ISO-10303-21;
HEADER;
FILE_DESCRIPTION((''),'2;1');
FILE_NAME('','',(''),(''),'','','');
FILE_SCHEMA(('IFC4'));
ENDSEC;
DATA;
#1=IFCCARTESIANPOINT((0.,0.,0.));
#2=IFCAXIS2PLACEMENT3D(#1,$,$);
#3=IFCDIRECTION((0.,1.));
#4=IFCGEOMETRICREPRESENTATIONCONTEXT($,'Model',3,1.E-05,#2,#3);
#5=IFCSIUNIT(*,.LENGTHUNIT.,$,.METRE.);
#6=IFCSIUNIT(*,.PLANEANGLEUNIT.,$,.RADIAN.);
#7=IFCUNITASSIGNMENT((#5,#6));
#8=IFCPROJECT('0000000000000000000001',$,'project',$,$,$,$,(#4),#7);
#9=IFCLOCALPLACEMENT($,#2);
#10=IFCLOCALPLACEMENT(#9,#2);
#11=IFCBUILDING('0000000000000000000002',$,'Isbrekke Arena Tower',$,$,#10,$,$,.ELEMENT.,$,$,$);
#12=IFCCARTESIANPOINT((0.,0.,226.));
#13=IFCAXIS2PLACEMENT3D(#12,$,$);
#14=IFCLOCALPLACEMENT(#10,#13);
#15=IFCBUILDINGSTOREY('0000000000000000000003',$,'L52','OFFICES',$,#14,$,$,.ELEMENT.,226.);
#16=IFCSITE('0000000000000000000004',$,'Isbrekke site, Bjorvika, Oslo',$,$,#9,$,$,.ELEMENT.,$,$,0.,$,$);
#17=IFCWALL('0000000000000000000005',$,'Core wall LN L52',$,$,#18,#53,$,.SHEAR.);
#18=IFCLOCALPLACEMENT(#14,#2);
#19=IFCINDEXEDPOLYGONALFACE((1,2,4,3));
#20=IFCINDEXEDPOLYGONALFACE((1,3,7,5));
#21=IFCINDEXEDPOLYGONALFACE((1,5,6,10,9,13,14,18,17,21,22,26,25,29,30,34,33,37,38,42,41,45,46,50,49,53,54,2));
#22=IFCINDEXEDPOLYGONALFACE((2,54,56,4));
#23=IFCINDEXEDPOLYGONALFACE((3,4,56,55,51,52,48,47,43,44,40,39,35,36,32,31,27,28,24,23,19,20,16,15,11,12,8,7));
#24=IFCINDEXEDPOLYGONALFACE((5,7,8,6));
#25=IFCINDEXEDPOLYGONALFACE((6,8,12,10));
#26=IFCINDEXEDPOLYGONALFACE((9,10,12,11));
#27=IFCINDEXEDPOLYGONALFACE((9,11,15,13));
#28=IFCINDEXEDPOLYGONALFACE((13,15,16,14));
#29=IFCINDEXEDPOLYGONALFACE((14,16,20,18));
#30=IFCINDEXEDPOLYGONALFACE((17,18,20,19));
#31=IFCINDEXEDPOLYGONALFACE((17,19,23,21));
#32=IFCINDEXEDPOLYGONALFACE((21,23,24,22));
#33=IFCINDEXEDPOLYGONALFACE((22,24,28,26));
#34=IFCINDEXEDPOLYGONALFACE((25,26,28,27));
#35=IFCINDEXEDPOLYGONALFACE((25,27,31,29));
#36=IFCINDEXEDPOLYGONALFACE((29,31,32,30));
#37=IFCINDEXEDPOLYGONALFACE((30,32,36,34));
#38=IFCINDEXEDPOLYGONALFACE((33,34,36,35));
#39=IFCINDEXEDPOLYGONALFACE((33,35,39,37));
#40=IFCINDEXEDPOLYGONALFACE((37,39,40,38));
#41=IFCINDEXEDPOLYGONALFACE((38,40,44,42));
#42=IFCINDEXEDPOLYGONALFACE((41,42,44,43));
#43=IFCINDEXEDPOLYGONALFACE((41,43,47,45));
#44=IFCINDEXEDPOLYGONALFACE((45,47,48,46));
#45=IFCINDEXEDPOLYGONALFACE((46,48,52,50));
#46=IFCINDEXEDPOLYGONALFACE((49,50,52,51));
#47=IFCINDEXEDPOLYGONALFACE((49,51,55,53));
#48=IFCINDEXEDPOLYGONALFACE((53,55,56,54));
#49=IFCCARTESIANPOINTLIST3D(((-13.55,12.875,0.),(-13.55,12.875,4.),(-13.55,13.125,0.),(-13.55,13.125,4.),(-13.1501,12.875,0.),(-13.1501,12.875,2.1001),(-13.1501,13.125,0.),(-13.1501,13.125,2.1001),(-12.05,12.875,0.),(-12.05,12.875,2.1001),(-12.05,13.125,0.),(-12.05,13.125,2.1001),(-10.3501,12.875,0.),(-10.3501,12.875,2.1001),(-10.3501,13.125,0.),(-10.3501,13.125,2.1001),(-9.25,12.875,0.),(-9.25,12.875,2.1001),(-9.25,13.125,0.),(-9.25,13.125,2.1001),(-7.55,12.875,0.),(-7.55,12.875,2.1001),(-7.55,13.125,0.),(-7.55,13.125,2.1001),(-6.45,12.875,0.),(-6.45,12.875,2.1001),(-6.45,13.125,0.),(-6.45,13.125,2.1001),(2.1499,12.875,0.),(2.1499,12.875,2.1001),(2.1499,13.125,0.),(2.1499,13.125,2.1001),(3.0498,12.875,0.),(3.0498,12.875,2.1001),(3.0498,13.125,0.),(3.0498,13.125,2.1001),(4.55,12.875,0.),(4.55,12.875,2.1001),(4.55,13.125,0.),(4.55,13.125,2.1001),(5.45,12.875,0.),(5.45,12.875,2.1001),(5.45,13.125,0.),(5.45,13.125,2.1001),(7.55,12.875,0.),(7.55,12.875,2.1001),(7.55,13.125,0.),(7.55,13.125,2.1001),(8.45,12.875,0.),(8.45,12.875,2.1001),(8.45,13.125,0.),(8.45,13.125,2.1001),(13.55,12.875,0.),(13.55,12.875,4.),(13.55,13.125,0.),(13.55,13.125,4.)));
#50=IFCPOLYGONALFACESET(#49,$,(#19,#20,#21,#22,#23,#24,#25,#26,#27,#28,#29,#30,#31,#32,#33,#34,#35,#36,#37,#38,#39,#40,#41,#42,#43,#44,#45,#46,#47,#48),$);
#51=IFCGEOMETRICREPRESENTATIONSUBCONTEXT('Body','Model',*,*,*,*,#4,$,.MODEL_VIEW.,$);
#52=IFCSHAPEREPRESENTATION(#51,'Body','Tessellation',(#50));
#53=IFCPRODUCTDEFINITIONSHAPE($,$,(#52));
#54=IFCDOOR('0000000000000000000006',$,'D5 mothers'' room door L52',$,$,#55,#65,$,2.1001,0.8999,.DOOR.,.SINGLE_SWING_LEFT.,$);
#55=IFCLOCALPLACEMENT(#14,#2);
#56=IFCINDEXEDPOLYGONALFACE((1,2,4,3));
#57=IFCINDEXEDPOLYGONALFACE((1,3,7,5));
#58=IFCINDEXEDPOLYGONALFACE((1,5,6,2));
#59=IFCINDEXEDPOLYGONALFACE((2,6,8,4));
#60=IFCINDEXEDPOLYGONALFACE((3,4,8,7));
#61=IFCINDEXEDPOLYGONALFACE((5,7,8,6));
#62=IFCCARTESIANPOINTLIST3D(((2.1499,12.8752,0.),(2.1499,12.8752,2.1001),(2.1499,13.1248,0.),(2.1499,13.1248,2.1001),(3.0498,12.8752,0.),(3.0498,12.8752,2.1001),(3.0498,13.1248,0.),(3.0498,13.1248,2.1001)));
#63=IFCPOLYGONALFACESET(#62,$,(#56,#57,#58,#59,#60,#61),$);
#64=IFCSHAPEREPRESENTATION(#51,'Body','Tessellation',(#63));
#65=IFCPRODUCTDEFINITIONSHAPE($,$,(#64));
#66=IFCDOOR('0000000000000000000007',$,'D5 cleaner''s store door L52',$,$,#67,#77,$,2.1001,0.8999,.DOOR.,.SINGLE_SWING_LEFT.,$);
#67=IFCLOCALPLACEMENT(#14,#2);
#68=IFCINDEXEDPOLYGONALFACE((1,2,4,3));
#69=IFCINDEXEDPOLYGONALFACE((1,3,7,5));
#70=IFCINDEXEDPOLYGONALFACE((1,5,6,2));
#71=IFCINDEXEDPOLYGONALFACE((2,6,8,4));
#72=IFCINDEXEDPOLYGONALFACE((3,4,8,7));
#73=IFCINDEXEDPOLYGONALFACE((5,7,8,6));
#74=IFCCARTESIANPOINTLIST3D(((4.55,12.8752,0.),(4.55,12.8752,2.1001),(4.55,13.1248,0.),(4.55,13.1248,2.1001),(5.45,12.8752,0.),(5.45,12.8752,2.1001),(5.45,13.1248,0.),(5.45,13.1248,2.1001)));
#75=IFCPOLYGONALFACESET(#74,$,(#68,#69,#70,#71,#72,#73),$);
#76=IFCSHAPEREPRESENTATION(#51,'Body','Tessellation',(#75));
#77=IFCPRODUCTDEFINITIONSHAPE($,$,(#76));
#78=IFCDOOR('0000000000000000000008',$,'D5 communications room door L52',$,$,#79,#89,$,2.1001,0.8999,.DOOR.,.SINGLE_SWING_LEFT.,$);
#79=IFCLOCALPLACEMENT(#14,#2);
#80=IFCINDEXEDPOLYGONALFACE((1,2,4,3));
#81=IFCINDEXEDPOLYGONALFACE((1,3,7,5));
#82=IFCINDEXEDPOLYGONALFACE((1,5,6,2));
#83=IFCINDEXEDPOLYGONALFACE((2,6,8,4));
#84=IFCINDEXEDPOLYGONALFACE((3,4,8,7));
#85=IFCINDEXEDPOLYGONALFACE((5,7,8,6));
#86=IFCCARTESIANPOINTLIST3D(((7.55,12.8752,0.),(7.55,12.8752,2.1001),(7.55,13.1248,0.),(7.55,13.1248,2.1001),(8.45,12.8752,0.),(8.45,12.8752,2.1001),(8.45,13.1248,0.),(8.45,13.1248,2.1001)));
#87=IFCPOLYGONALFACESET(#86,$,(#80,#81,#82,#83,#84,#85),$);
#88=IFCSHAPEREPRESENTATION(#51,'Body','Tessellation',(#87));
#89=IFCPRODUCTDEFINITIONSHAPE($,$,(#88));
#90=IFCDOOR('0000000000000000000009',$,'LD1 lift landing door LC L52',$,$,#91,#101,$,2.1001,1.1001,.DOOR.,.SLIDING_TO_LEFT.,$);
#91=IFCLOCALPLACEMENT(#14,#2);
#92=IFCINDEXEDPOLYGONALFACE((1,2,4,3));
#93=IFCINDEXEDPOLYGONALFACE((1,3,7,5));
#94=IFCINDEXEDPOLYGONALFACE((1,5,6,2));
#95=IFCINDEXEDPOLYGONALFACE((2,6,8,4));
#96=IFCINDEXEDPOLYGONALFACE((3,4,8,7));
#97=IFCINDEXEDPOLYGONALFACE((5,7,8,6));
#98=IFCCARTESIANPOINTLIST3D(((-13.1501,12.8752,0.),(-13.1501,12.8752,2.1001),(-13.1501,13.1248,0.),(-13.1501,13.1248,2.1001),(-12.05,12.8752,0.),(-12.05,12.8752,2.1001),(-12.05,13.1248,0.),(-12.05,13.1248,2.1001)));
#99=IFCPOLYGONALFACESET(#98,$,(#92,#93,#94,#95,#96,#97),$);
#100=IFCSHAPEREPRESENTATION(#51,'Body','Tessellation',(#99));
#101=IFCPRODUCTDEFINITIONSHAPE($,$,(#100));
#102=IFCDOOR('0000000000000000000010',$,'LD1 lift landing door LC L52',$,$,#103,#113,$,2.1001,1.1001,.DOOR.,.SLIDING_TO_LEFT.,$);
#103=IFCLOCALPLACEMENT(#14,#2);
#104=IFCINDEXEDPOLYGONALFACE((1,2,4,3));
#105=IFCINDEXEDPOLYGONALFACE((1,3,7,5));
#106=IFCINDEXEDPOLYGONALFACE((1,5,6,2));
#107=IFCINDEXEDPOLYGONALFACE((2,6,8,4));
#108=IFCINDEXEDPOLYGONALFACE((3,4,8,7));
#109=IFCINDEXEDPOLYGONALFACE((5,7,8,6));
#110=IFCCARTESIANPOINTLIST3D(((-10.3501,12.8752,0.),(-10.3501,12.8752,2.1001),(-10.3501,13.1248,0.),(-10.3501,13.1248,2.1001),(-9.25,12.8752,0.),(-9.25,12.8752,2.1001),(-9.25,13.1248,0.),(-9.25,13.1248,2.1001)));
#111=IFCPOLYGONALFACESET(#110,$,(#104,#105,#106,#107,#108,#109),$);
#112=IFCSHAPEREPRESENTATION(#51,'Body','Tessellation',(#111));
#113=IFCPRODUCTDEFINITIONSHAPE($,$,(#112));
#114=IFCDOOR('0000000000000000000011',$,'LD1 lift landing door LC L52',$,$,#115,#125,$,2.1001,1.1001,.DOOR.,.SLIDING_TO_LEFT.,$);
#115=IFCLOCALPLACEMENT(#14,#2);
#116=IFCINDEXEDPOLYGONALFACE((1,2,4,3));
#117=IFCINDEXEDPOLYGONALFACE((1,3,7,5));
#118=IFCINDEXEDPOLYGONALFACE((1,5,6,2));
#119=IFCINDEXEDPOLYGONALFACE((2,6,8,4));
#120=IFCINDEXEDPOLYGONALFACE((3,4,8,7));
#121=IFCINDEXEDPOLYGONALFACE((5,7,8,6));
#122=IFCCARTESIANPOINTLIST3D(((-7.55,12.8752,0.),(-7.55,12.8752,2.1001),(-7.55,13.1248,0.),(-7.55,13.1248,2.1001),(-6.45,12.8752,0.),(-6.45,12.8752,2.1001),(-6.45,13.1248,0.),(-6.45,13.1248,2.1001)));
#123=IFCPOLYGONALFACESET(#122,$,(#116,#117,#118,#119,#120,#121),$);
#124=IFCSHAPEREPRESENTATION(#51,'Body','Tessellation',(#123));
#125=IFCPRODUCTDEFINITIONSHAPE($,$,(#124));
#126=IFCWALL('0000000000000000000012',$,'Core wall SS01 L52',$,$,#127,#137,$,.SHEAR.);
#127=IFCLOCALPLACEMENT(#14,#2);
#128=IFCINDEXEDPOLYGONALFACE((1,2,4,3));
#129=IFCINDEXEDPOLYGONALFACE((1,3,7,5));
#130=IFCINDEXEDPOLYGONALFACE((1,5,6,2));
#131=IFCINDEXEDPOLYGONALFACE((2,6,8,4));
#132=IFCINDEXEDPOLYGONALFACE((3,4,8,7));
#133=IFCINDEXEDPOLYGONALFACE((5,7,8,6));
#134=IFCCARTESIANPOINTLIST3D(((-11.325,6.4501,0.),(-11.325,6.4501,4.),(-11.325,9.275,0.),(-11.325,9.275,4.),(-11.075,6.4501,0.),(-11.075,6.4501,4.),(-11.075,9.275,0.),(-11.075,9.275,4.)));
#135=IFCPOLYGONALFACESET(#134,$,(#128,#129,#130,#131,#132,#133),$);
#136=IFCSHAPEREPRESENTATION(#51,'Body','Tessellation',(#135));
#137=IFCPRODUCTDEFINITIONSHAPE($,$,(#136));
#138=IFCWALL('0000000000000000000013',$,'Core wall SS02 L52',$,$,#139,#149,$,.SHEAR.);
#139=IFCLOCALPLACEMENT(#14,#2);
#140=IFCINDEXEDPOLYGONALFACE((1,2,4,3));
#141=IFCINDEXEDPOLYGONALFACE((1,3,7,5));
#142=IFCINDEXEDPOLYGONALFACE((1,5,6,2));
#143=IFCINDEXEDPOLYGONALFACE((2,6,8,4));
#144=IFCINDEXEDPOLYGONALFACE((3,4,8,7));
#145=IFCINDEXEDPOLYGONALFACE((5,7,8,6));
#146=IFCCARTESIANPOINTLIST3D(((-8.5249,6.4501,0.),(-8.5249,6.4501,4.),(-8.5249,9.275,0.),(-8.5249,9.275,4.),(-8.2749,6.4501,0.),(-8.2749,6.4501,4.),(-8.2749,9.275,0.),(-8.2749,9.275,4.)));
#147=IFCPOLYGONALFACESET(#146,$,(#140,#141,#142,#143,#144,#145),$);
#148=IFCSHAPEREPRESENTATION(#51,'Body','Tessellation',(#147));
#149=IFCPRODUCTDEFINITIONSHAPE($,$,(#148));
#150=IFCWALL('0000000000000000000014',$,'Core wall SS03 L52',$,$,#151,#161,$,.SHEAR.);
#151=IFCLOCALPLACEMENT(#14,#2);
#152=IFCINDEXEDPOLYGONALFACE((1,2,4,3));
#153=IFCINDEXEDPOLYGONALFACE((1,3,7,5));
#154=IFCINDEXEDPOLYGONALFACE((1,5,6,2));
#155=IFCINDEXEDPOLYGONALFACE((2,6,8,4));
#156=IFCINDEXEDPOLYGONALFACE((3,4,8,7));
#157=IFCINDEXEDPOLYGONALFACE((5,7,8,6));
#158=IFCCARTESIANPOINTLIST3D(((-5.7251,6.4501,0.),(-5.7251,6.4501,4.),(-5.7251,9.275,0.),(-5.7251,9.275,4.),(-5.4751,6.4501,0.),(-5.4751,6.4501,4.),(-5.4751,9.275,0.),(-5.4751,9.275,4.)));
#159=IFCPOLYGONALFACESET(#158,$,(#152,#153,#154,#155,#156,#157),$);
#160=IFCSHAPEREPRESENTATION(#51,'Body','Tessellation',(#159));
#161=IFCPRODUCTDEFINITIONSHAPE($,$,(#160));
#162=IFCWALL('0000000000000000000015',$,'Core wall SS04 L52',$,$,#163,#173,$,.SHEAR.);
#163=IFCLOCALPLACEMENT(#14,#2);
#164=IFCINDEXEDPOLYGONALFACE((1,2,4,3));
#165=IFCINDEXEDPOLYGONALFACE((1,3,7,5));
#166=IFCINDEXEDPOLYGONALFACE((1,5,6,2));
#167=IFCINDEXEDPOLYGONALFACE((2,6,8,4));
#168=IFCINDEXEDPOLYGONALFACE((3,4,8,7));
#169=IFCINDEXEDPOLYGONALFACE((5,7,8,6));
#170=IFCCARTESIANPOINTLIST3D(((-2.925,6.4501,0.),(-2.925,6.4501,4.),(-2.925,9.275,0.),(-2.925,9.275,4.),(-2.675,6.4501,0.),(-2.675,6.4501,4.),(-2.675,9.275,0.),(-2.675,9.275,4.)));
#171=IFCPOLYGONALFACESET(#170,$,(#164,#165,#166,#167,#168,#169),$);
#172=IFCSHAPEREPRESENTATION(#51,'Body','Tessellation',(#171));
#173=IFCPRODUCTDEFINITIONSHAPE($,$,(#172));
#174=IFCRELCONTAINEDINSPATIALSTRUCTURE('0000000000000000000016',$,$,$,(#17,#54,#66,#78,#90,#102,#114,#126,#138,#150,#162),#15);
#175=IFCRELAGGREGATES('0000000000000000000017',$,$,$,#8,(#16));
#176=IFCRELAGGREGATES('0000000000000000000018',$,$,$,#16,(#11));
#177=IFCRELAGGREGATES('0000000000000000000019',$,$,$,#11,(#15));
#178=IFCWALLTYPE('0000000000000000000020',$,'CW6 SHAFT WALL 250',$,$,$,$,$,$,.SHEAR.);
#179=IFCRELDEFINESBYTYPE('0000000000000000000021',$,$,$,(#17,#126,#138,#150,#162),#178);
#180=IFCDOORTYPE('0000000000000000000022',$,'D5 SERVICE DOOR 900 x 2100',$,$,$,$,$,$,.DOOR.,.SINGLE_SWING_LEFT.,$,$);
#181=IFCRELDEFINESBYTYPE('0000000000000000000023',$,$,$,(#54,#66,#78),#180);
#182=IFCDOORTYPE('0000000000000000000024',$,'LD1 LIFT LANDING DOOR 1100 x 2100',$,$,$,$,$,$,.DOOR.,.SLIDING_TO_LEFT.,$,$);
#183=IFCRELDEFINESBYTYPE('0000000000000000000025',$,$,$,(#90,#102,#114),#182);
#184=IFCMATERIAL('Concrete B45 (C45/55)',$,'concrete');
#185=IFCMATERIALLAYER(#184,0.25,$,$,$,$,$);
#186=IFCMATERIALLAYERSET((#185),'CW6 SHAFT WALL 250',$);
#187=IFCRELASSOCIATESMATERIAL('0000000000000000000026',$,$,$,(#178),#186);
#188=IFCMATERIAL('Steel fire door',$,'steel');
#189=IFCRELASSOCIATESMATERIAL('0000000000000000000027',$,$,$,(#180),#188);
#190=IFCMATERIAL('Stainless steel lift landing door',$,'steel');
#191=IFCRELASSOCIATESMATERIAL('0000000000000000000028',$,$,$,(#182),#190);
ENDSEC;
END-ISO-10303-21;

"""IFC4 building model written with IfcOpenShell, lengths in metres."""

from ifc_helpers import new_model, si_unit, direction, frame, frame_2d, origin, place, context, subcontext, project, spatial, rectangle, extrude, material, layer, layer_set, type_object, element, fill, save


model = new_model("IFC4")

# Units and contexts
model_context = context("Model", 3, precision=1e-05, world=origin(), true_north=direction((0.0, 1.0)))
body_context = subcontext(model_context, "Body", "Model", "MODEL_VIEW")
ifc_project = project(units=[si_unit("LENGTHUNIT", "METRE"), si_unit("PLANEANGLEUNIT", "RADIAN")], contexts=[model_context])

# Site, building, storey
site_placement = place(None, origin())
site = spatial("IfcSite", under=ifc_project, at=site_placement, Name="Isbrekke site, Bjorvika, Oslo", CompositionType="ELEMENT", RefElevation=0.0)
building_placement = place(site_placement, origin())
building = spatial("IfcBuilding", under=site, at=building_placement, Name="Isbrekke Arena Tower", CompositionType="ELEMENT")
storey_placement = place(building_placement, frame((0.0, 0.0, 226.0)))
storey = spatial("IfcBuildingStorey", under=building, at=storey_placement, Name="L52", Description="OFFICES", CompositionType="ELEMENT", Elevation=226.0)

# Wall, openings, doors
ifc_material_1 = material(Name="Concrete B45 (C45/55)", Category="concrete")
ifc_layer_1 = layer(ifc_material_1, 0.25)
ifc_layer_set_1 = layer_set([ifc_layer_1], Name="CW6 SHAFT WALL 250")
wall_type_1 = type_object("IfcWallType", Name="CW6 SHAFT WALL 250", PredefinedType="SHEAR", material=ifc_layer_set_1)
ifc_material_2 = material(Name="Steel fire door", Category="steel")
door_type_1 = type_object("IfcDoorType", Name="D5 SERVICE DOOR 900 x 2100", OperationType="SINGLE_SWING_LEFT", PredefinedType="DOOR", material=ifc_material_2)
ifc_material_3 = material(Name="Stainless steel lift landing door", Category="steel")
door_type_2 = type_object("IfcDoorType", Name="LD1 LIFT LANDING DOOR 1100 x 2100", OperationType="SLIDING_TO_LEFT", PredefinedType="DOOR", material=ifc_material_3)
wall_1_placement = place(storey_placement, frame((-13.55, 13.0, 0.0), z_axis=(0.0, 0.0, 1.0), x_axis=(1.0, 0.0, 0.0)))
wall_1 = element("IfcWall", 1, at=wall_1_placement, inside=storey, type_object=wall_type_1, Name="Core wall LN L52", PredefinedType="SHEAR", context=body_context, shape_type="SweptSolid", body=[
    extrude(rectangle(XDim=27.1001, YDim=0.25, at=frame_2d((13.55, 0.0))), origin(), (0.0, 0.0, 1.0), 4.0),
])
opening_1_placement = place(wall_1_placement, frame((0.3999, 0.0, 0.0)))
opening_1 = element("IfcOpeningElement", 2, at=opening_1_placement, cuts=wall_1, PredefinedType="OPENING", context=body_context, shape_type="SweptSolid", body=[
    extrude(rectangle(XDim=1.1001, YDim=2.1001, at=frame_2d((0.55, 1.05))), frame((0.0, 0.1399, 0.0), z_axis=(0.0, -1.0, 0.0), x_axis=(1.0, 0.0, 0.0)), (0.0, 0.0, 1.0), 0.2798),
])
opening_2_placement = place(wall_1_placement, frame((3.2, 0.0, 0.0)))
opening_2 = element("IfcOpeningElement", 3, at=opening_2_placement, cuts=wall_1, PredefinedType="OPENING", context=body_context, shape_type="SweptSolid", body=[
    extrude(rectangle(XDim=1.1001, YDim=2.1001, at=frame_2d((0.55, 1.05))), frame((0.0, 0.1399, 0.0), z_axis=(0.0, -1.0, 0.0), x_axis=(1.0, 0.0, 0.0)), (0.0, 0.0, 1.0), 0.2798),
])
opening_3_placement = place(wall_1_placement, frame((6.0, 0.0, 0.0)))
opening_3 = element("IfcOpeningElement", 4, at=opening_3_placement, cuts=wall_1, PredefinedType="OPENING", context=body_context, shape_type="SweptSolid", body=[
    extrude(rectangle(XDim=1.1001, YDim=2.1001, at=frame_2d((0.55, 1.05))), frame((0.0, 0.1399, 0.0), z_axis=(0.0, -1.0, 0.0), x_axis=(1.0, 0.0, 0.0)), (0.0, 0.0, 1.0), 0.2798),
])
opening_4_placement = place(wall_1_placement, frame((15.7, 0.0, 0.0)))
opening_4 = element("IfcOpeningElement", 5, at=opening_4_placement, cuts=wall_1, PredefinedType="OPENING", context=body_context, shape_type="SweptSolid", body=[
    extrude(rectangle(XDim=0.8999, YDim=2.1001, at=frame_2d((0.45, 1.05))), frame((0.0, 0.1399, 0.0), z_axis=(0.0, -1.0, 0.0), x_axis=(1.0, 0.0, 0.0)), (0.0, 0.0, 1.0), 0.2798),
])
opening_5_placement = place(wall_1_placement, frame((18.1001, 0.0, 0.0)))
opening_5 = element("IfcOpeningElement", 6, at=opening_5_placement, cuts=wall_1, PredefinedType="OPENING", context=body_context, shape_type="SweptSolid", body=[
    extrude(rectangle(XDim=0.8999, YDim=2.1001, at=frame_2d((0.45, 1.05))), frame((0.0, 0.1399, 0.0), z_axis=(0.0, -1.0, 0.0), x_axis=(1.0, 0.0, 0.0)), (0.0, 0.0, 1.0), 0.2798),
])
opening_6_placement = place(wall_1_placement, frame((21.1001, 0.0, 0.0)))
opening_6 = element("IfcOpeningElement", 7, at=opening_6_placement, cuts=wall_1, PredefinedType="OPENING", context=body_context, shape_type="SweptSolid", body=[
    extrude(rectangle(XDim=0.8999, YDim=2.1001, at=frame_2d((0.45, 1.05))), frame((0.0, 0.1399, 0.0), z_axis=(0.0, -1.0, 0.0), x_axis=(1.0, 0.0, 0.0)), (0.0, 0.0, 1.0), 0.2798),
])
door_1_placement = place(opening_4_placement, origin())
door_1 = element("IfcDoor", 8, at=door_1_placement, inside=storey, type_object=door_type_1, Name="D5 mothers' room door L52", OperationType="SINGLE_SWING_LEFT", OverallHeight=2.1001, OverallWidth=0.8999, PredefinedType="DOOR", context=body_context, shape_type="SweptSolid", body=[
    extrude(rectangle(XDim=0.8999, YDim=2.1001, at=frame_2d((0.45, 1.05))), frame((0.0, 0.1248, 0.0), z_axis=(0.0, -1.0, 0.0), x_axis=(1.0, 0.0, 0.0)), (0.0, 0.0, 1.0), 0.2495),
])
fill(opening_4, door_1)
door_2_placement = place(opening_5_placement, origin())
door_2 = element("IfcDoor", 9, at=door_2_placement, inside=storey, type_object=door_type_1, Name="D5 cleaner's store door L52", OperationType="SINGLE_SWING_LEFT", OverallHeight=2.1001, OverallWidth=0.8999, PredefinedType="DOOR", context=body_context, shape_type="SweptSolid", body=[
    extrude(rectangle(XDim=0.8999, YDim=2.1001, at=frame_2d((0.45, 1.05))), frame((0.0, 0.1248, 0.0), z_axis=(0.0, -1.0, 0.0), x_axis=(1.0, 0.0, 0.0)), (0.0, 0.0, 1.0), 0.2495),
])
fill(opening_5, door_2)
door_3_placement = place(opening_6_placement, origin())
door_3 = element("IfcDoor", 10, at=door_3_placement, inside=storey, type_object=door_type_1, Name="D5 communications room door L52", OperationType="SINGLE_SWING_LEFT", OverallHeight=2.1001, OverallWidth=0.8999, PredefinedType="DOOR", context=body_context, shape_type="SweptSolid", body=[
    extrude(rectangle(XDim=0.8999, YDim=2.1001, at=frame_2d((0.45, 1.05))), frame((0.0, 0.1248, 0.0), z_axis=(0.0, -1.0, 0.0), x_axis=(1.0, 0.0, 0.0)), (0.0, 0.0, 1.0), 0.2495),
])
fill(opening_6, door_3)
door_4_placement = place(opening_1_placement, origin())
door_4 = element("IfcDoor", 11, at=door_4_placement, inside=storey, type_object=door_type_2, Name="LD1 lift landing door LC L52", OperationType="SLIDING_TO_LEFT", OverallHeight=2.1001, OverallWidth=1.1001, PredefinedType="DOOR", context=body_context, shape_type="SweptSolid", body=[
    extrude(rectangle(XDim=1.1001, YDim=2.1001, at=frame_2d((0.55, 1.05))), frame((0.0, 0.1248, 0.0), z_axis=(0.0, -1.0, 0.0), x_axis=(1.0, 0.0, 0.0)), (0.0, 0.0, 1.0), 0.2495),
])
fill(opening_1, door_4)
door_5_placement = place(opening_2_placement, origin())
door_5 = element("IfcDoor", 12, at=door_5_placement, inside=storey, type_object=door_type_2, Name="LD1 lift landing door LC L52", OperationType="SLIDING_TO_LEFT", OverallHeight=2.1001, OverallWidth=1.1001, PredefinedType="DOOR", context=body_context, shape_type="SweptSolid", body=[
    extrude(rectangle(XDim=1.1001, YDim=2.1001, at=frame_2d((0.55, 1.05))), frame((0.0, 0.1248, 0.0), z_axis=(0.0, -1.0, 0.0), x_axis=(1.0, 0.0, 0.0)), (0.0, 0.0, 1.0), 0.2495),
])
fill(opening_2, door_5)
door_6_placement = place(opening_3_placement, origin())
door_6 = element("IfcDoor", 13, at=door_6_placement, inside=storey, type_object=door_type_2, Name="LD1 lift landing door LC L52", OperationType="SLIDING_TO_LEFT", OverallHeight=2.1001, OverallWidth=1.1001, PredefinedType="DOOR", context=body_context, shape_type="SweptSolid", body=[
    extrude(rectangle(XDim=1.1001, YDim=2.1001, at=frame_2d((0.55, 1.05))), frame((0.0, 0.1248, 0.0), z_axis=(0.0, -1.0, 0.0), x_axis=(1.0, 0.0, 0.0)), (0.0, 0.0, 1.0), 0.2495),
])
fill(opening_3, door_6)

# Walls
for number, where, z_axis, x_axis, name in (
    (14, (-11.2, 6.45, 0.0), (0.0, 0.0, 1.0), (0.0, 1.0, 0.0), "Core wall SS01 L52"),
    (15, (-8.3999, 6.45, 0.0), (0.0, 0.0, 1.0), (0.0, 1.0, 0.0), "Core wall SS02 L52"),
    (16, (-5.6001, 6.45, 0.0), (0.0, 0.0, 1.0), (0.0, 1.0, 0.0), "Core wall SS03 L52"),
    (17, (-2.8, 6.45, 0.0), (0.0, 0.0, 1.0), (0.0, 1.0, 0.0), "Core wall SS04 L52"),
):
    element("IfcWall", number, at=place(storey_placement, frame(where, z_axis=z_axis, x_axis=x_axis)), inside=storey, type_object=wall_type_1, Name=name, PredefinedType="SHEAR", context=body_context, shape_type="SweptSolid", body=[
        extrude(rectangle(XDim=2.825, YDim=0.25, at=frame_2d((1.4126, 0.0))), origin(), (0.0, 0.0, 1.0), 4.0),
    ])

save(model, "model.ifc")
